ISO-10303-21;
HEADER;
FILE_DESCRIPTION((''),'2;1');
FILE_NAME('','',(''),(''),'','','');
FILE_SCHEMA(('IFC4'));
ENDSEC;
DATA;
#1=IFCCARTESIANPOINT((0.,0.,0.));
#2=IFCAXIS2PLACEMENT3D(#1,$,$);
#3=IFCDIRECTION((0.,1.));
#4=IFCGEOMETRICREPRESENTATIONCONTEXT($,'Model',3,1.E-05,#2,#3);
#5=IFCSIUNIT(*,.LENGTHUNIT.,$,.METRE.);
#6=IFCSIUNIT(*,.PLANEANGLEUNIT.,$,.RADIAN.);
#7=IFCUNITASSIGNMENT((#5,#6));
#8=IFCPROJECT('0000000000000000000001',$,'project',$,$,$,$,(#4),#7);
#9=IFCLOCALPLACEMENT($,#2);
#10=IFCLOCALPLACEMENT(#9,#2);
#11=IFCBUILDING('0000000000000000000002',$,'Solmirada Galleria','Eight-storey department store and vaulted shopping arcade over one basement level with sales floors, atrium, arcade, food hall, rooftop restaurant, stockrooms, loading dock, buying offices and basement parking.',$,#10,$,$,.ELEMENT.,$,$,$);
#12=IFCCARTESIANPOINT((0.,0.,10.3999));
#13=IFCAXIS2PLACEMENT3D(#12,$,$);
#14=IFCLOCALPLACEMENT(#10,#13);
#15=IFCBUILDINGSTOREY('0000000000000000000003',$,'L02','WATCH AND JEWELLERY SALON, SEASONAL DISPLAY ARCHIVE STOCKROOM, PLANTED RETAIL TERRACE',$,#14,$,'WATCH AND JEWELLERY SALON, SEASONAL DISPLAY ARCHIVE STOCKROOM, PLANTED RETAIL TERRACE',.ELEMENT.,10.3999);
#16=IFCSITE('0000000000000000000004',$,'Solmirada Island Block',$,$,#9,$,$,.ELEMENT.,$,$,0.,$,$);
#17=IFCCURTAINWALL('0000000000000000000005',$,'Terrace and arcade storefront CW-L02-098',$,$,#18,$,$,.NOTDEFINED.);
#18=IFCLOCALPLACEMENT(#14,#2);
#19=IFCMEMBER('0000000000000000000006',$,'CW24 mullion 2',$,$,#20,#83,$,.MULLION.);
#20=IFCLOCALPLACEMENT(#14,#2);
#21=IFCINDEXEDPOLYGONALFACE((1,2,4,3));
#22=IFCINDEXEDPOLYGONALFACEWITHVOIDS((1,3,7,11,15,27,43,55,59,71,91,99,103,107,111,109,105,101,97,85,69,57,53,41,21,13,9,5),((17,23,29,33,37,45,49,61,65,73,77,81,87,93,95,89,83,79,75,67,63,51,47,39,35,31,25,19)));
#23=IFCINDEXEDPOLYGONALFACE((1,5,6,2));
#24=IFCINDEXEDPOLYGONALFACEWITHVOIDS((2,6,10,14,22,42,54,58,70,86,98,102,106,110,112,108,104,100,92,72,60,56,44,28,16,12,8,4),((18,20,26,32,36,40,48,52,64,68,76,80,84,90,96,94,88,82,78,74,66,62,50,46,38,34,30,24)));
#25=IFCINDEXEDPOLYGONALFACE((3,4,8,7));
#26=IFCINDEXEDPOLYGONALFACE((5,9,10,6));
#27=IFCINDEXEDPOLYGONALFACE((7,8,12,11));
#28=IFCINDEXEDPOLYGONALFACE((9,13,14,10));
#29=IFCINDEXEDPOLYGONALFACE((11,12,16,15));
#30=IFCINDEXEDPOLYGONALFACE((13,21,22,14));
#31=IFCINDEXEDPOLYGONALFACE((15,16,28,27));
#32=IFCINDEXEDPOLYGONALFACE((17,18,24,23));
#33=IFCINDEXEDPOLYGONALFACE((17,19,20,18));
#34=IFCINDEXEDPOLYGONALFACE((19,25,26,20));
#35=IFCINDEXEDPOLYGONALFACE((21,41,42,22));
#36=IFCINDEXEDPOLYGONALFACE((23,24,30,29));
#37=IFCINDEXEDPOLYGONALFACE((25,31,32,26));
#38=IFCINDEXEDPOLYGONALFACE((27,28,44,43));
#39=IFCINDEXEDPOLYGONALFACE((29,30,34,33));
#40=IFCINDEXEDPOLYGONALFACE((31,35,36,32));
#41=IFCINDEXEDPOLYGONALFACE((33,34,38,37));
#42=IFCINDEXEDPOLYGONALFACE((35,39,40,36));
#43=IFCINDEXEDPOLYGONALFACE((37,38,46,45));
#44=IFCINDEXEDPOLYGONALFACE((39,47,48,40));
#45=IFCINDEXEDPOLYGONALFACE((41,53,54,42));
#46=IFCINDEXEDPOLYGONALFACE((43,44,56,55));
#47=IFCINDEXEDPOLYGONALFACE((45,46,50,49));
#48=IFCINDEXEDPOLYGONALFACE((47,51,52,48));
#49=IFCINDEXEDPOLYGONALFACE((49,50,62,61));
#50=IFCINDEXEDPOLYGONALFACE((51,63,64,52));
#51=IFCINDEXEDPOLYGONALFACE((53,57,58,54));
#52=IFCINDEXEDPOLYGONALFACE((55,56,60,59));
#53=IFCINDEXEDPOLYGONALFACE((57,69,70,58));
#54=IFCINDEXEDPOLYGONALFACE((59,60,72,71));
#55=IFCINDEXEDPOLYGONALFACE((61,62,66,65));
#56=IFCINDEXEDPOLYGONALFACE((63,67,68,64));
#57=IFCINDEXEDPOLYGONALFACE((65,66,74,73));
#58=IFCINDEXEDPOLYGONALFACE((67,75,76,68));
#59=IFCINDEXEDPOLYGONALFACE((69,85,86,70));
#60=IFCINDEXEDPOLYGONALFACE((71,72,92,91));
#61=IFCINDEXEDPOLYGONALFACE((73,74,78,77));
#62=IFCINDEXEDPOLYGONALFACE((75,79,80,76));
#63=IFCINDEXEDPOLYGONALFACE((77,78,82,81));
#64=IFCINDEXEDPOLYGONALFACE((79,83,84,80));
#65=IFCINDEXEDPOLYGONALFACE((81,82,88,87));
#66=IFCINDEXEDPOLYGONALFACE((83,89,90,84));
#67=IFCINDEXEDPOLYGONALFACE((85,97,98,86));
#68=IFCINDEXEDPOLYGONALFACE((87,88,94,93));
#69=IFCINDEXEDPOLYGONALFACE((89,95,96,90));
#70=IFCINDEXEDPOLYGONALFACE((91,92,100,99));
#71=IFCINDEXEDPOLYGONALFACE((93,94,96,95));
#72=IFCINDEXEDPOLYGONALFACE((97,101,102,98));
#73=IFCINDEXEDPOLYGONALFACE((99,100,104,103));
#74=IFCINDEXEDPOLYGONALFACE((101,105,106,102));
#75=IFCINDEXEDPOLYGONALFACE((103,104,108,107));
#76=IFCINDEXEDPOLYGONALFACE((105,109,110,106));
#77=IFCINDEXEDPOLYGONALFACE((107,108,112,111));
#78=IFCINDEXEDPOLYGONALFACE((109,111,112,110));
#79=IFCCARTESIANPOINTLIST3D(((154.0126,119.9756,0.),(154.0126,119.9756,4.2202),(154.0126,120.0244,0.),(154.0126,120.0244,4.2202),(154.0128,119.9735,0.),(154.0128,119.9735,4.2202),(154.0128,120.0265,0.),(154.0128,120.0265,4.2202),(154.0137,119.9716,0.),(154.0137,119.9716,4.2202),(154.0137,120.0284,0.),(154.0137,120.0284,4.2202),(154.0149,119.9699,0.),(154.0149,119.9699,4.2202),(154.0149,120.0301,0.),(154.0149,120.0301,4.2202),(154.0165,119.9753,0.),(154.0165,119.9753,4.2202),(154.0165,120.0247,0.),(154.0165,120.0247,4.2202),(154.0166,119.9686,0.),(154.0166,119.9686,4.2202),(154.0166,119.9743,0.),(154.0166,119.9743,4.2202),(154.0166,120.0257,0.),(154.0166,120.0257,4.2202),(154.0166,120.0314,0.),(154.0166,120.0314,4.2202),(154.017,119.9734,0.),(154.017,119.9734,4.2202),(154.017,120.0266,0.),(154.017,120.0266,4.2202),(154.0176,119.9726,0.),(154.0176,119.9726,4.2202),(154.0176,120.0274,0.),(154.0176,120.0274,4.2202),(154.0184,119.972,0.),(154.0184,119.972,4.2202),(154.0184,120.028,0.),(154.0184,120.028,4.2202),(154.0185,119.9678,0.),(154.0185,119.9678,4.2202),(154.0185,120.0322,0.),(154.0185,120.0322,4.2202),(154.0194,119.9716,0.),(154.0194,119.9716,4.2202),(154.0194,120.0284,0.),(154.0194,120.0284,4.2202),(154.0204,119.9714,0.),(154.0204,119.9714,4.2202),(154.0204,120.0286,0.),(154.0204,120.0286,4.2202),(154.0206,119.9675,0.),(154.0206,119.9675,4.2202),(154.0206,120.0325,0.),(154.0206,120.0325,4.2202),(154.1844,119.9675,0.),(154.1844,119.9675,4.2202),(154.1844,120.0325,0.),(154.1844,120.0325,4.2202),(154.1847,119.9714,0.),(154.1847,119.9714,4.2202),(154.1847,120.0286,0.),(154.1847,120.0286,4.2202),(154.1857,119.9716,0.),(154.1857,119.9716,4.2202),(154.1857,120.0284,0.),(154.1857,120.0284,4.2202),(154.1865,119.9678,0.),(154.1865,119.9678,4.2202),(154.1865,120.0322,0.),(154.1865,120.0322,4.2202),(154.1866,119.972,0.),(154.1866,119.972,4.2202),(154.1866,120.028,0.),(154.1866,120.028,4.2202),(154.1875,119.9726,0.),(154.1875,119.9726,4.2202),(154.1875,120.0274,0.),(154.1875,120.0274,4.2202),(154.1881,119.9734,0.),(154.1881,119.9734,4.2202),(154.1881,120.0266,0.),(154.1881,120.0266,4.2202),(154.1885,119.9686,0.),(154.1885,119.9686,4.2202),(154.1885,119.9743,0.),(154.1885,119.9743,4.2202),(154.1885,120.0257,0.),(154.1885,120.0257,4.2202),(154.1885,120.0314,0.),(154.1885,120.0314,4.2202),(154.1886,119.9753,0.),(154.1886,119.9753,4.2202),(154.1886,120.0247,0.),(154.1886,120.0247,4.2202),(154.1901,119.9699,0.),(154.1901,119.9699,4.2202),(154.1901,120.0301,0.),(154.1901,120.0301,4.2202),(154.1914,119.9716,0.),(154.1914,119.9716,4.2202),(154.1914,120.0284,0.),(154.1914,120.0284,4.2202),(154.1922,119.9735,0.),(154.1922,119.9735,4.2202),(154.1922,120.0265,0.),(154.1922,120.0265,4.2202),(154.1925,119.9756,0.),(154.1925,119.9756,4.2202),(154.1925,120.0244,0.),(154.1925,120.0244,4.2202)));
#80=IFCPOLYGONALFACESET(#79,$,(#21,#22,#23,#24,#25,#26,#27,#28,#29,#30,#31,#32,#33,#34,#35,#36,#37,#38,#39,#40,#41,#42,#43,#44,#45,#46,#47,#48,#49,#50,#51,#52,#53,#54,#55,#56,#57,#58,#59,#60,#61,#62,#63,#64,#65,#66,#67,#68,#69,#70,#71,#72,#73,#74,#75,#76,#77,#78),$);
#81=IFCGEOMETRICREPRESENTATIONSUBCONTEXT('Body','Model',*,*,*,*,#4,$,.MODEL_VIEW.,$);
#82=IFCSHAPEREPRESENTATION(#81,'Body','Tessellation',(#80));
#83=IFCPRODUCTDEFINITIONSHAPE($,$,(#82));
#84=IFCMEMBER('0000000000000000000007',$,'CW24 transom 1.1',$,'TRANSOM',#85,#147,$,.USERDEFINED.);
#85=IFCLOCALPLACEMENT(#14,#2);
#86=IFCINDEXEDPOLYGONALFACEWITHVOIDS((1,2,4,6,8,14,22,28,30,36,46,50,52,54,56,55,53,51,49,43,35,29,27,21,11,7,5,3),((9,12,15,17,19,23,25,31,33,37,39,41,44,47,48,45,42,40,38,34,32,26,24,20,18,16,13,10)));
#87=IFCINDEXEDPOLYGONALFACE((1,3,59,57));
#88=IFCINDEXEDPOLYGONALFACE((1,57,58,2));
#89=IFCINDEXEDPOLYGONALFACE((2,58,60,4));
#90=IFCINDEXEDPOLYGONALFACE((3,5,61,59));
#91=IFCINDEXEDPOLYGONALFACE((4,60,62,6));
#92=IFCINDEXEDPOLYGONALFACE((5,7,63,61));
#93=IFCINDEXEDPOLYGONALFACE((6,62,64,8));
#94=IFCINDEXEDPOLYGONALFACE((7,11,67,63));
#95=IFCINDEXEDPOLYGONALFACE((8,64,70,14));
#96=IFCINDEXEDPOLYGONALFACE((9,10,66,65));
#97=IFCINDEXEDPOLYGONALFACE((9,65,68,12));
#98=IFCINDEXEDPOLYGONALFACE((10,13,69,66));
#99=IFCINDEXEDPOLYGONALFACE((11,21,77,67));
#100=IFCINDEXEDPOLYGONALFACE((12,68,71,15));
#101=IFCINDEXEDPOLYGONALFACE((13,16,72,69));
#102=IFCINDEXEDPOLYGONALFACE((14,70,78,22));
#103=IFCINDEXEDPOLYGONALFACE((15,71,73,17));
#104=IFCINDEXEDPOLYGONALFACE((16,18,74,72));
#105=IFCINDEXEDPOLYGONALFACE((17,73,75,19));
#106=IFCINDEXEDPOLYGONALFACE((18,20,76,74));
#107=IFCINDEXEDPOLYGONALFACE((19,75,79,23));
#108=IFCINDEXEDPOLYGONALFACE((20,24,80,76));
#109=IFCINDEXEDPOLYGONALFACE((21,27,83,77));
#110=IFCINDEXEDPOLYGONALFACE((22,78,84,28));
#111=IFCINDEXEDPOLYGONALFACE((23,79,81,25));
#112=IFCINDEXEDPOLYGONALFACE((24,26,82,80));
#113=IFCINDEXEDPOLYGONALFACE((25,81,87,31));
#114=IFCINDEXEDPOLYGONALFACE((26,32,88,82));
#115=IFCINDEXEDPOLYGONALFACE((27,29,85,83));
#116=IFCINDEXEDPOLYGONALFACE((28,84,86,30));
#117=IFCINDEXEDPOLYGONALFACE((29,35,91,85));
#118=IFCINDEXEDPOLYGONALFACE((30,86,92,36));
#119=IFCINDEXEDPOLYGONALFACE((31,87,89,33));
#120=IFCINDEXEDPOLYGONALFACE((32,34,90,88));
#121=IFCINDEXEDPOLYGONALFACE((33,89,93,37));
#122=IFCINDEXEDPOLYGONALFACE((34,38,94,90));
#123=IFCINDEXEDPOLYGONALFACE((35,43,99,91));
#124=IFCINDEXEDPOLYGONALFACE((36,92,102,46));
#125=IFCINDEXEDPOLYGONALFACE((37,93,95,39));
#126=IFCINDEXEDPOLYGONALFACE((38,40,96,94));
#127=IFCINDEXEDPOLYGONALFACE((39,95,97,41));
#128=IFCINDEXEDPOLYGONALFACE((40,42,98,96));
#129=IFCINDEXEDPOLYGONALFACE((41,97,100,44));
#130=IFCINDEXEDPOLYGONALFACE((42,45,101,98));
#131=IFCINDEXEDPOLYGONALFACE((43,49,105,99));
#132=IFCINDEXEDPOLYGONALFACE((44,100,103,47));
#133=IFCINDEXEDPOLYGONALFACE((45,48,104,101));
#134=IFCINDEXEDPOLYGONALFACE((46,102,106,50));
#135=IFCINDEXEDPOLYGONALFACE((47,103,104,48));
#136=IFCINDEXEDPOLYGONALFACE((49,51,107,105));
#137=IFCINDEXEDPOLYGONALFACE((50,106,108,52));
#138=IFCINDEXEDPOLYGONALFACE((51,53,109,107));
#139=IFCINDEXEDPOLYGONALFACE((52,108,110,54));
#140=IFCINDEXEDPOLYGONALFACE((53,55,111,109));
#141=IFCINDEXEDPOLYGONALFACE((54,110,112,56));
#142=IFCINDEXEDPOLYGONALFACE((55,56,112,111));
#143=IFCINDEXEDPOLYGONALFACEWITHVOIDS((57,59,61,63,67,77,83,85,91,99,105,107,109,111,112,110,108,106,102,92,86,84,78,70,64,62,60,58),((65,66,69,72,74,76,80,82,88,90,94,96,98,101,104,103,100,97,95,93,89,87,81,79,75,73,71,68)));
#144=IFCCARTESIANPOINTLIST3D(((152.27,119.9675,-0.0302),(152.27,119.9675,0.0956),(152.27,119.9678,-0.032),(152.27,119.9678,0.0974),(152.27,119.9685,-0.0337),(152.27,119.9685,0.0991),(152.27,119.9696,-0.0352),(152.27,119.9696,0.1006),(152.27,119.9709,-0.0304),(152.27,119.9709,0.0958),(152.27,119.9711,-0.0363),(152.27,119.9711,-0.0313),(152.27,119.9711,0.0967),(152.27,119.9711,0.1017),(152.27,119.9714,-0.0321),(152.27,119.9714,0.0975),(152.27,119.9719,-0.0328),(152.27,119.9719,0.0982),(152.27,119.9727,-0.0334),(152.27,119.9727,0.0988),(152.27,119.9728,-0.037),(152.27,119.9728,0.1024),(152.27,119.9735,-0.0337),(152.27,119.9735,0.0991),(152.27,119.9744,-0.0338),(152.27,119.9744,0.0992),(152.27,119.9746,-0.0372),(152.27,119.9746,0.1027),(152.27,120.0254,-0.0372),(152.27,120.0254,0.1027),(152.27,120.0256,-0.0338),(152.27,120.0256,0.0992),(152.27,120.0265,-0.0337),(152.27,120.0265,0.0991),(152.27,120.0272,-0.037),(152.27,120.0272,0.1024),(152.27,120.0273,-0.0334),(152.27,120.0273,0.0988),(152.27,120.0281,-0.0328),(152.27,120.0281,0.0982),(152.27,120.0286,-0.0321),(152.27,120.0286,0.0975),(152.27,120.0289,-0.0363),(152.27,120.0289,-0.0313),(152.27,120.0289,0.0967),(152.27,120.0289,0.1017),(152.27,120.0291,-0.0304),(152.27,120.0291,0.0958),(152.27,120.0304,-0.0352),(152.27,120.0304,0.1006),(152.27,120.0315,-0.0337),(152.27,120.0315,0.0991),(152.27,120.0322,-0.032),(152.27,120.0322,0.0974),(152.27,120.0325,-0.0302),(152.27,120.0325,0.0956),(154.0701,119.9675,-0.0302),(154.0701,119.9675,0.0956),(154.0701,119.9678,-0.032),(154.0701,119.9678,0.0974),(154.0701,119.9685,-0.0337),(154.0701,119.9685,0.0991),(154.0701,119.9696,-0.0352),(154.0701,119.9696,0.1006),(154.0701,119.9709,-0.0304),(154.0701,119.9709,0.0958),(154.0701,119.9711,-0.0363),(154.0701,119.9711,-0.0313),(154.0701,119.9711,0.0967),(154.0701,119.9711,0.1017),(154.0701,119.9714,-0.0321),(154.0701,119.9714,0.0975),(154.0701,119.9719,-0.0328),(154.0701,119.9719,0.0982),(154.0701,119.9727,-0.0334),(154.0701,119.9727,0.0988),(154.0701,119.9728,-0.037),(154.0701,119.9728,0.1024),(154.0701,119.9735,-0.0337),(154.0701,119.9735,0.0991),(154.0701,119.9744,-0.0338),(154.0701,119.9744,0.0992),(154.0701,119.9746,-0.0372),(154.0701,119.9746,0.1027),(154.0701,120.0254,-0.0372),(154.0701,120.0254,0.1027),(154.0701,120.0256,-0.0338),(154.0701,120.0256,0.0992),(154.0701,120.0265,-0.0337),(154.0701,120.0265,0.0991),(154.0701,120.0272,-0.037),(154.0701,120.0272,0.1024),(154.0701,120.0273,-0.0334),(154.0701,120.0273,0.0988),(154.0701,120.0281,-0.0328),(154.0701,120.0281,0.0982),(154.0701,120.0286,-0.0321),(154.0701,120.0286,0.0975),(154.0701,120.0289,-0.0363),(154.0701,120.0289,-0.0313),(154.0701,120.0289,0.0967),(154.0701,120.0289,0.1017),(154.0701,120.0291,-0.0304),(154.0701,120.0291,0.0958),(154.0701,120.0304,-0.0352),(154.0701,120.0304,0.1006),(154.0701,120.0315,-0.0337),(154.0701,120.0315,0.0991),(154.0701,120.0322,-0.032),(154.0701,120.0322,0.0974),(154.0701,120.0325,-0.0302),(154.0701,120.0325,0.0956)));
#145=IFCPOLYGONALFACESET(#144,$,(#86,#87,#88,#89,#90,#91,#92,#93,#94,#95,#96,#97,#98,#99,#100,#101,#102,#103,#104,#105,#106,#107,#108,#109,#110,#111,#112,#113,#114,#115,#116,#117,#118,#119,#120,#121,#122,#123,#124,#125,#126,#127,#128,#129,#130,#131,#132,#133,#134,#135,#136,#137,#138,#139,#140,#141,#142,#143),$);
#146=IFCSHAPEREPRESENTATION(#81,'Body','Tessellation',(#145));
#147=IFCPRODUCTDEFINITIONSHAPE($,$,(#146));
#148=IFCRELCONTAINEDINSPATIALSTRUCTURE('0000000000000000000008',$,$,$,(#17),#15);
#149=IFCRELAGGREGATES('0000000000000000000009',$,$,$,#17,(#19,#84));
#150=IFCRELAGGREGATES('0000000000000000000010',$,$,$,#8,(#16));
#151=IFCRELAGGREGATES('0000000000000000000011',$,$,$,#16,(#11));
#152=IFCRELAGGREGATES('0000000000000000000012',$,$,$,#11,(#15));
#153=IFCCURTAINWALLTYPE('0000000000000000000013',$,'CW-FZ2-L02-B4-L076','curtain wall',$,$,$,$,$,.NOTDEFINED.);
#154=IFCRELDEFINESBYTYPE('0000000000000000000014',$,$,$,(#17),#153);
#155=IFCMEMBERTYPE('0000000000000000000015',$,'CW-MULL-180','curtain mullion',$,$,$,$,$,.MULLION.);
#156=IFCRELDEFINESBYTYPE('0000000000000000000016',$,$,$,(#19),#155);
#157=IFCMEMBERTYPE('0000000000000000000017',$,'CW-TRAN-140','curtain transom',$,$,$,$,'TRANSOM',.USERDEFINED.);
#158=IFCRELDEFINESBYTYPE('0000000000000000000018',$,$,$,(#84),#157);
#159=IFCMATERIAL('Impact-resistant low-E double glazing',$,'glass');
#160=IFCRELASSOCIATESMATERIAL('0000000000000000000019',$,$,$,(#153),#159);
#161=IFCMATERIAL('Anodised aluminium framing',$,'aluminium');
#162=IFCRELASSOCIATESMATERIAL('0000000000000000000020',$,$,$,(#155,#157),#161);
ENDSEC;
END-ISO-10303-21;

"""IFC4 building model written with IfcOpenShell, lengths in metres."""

from ifc_helpers import new_model, si_unit, direction, frame, origin, origin_2d, place, context, subcontext, project, spatial, hollow_rectangle, extrude, material, material_profile, profile_set, type_object, element, aggregate, save


model = new_model("IFC4")

# Units and contexts
model_context = context("Model", 3, precision=1e-05, world=origin(), true_north=direction((0.0, 1.0)))
body_context = subcontext(model_context, "Body", "Model", "MODEL_VIEW")
ifc_project = project(units=[si_unit("LENGTHUNIT", "METRE"), si_unit("PLANEANGLEUNIT", "RADIAN")], contexts=[model_context])

# Site, building, storey
site_placement = place(None, origin())
site = spatial("IfcSite", under=ifc_project, at=site_placement, Name="Solmirada Island Block", CompositionType="ELEMENT", RefElevation=0.0)
building_placement = place(site_placement, origin())
building = spatial("IfcBuilding", under=site, at=building_placement, Name="Solmirada Galleria", Description="Eight-storey department store and vaulted shopping arcade over one basement level with sales floors, atrium, arcade, food hall, rooftop restaurant, stockrooms, loading dock, buying offices and basement parking.", CompositionType="ELEMENT")
storey_placement = place(building_placement, frame((0.0, 0.0, 10.3999)))
storey = spatial("IfcBuildingStorey", under=building, at=storey_placement, Name="L02", Description="WATCH AND JEWELLERY SALON, SEASONAL DISPLAY ARCHIVE STOCKROOM, PLANTED RETAIL TERRACE", LongName="WATCH AND JEWELLERY SALON, SEASONAL DISPLAY ARCHIVE STOCKROOM, PLANTED RETAIL TERRACE", CompositionType="ELEMENT", Elevation=10.3999)

# Shared definitions
ifc_material_1 = material(Name="Impact-resistant low-E double glazing", Category="glass")
curtain_wall_type = type_object("IfcCurtainWallType", Name="CW-FZ2-L02-B4-L076", Description="curtain wall", PredefinedType="NOTDEFINED", material=ifc_material_1)
ifc_material_2 = material(Name="Anodised aluminium framing", Category="aluminium")
ifc_material_profile_1 = material_profile(ifc_material_2, hollow_rectangle(XDim=0.0649, YDim=0.1799, WallThickness=0.0039, InnerFilletRadius=0.0039, OuterFilletRadius=0.0081, at=origin_2d()), Name="ALU-MULL-180X65")
ifc_profile_set_1 = profile_set([ifc_material_profile_1], Name="Anodised aluminium framing")
member_type_1 = type_object("IfcMemberType", Name="CW-MULL-180", Description="curtain mullion", PredefinedType="MULLION", material=ifc_profile_set_1)

# Curtain wall, members
curtain_wall_1_placement = place(storey_placement, origin())
curtain_wall_1 = element("IfcCurtainWall", 1, at=curtain_wall_1_placement, inside=storey, type_object=curtain_wall_type, Name="Terrace and arcade storefront CW-L02-098", PredefinedType="NOTDEFINED")
member_1_placement = place(storey_placement, frame((154.1025, 120.0, 0.0), z_axis=(0.0, 0.0, 1.0), x_axis=(0.0, 1.0, 0.0)))
member_1 = element("IfcMember", 2, at=member_1_placement, type_object=member_type_1, Name="CW24 mullion 2", PredefinedType="MULLION", context=body_context, shape_type="SweptSolid", body=[
    extrude(hollow_rectangle(XDim=0.0649, YDim=0.1799, WallThickness=0.0039, InnerFilletRadius=0.0039, OuterFilletRadius=0.0081, at=origin_2d()), origin(), (0.0, 0.0, 1.0), 4.2202),
])
ifc_material_profile_2 = material_profile(ifc_material_2, hollow_rectangle(XDim=0.0649, YDim=0.1399, WallThickness=0.0034, InnerFilletRadius=0.0034, OuterFilletRadius=0.0071, at=origin_2d()), Name="ALU-TRAN-140X65")
ifc_profile_set_2 = profile_set([ifc_material_profile_2], Name="Anodised aluminium framing")
member_type_2 = type_object("IfcMemberType", Name="CW-TRAN-140", Description="curtain transom", ElementType="TRANSOM", PredefinedType="USERDEFINED", material=ifc_profile_set_2)
member_2_placement = place(storey_placement, frame((152.27, 120.0, 0.0327), z_axis=(1.0, 0.0, 0.0), x_axis=(0.0, 1.0, 0.0)))
member_2 = element("IfcMember", 3, at=member_2_placement, type_object=member_type_2, Name="CW24 transom 1.1", ObjectType="TRANSOM", PredefinedType="USERDEFINED", context=body_context, shape_type="SweptSolid", body=[
    extrude(hollow_rectangle(XDim=0.0649, YDim=0.1399, WallThickness=0.0034, InnerFilletRadius=0.0034, OuterFilletRadius=0.0071, at=origin_2d()), origin(), (0.0, 0.0, 1.0), 1.8),
])

aggregate(curtain_wall_1, [member_1, member_2])

save(model, "model.ifc")
